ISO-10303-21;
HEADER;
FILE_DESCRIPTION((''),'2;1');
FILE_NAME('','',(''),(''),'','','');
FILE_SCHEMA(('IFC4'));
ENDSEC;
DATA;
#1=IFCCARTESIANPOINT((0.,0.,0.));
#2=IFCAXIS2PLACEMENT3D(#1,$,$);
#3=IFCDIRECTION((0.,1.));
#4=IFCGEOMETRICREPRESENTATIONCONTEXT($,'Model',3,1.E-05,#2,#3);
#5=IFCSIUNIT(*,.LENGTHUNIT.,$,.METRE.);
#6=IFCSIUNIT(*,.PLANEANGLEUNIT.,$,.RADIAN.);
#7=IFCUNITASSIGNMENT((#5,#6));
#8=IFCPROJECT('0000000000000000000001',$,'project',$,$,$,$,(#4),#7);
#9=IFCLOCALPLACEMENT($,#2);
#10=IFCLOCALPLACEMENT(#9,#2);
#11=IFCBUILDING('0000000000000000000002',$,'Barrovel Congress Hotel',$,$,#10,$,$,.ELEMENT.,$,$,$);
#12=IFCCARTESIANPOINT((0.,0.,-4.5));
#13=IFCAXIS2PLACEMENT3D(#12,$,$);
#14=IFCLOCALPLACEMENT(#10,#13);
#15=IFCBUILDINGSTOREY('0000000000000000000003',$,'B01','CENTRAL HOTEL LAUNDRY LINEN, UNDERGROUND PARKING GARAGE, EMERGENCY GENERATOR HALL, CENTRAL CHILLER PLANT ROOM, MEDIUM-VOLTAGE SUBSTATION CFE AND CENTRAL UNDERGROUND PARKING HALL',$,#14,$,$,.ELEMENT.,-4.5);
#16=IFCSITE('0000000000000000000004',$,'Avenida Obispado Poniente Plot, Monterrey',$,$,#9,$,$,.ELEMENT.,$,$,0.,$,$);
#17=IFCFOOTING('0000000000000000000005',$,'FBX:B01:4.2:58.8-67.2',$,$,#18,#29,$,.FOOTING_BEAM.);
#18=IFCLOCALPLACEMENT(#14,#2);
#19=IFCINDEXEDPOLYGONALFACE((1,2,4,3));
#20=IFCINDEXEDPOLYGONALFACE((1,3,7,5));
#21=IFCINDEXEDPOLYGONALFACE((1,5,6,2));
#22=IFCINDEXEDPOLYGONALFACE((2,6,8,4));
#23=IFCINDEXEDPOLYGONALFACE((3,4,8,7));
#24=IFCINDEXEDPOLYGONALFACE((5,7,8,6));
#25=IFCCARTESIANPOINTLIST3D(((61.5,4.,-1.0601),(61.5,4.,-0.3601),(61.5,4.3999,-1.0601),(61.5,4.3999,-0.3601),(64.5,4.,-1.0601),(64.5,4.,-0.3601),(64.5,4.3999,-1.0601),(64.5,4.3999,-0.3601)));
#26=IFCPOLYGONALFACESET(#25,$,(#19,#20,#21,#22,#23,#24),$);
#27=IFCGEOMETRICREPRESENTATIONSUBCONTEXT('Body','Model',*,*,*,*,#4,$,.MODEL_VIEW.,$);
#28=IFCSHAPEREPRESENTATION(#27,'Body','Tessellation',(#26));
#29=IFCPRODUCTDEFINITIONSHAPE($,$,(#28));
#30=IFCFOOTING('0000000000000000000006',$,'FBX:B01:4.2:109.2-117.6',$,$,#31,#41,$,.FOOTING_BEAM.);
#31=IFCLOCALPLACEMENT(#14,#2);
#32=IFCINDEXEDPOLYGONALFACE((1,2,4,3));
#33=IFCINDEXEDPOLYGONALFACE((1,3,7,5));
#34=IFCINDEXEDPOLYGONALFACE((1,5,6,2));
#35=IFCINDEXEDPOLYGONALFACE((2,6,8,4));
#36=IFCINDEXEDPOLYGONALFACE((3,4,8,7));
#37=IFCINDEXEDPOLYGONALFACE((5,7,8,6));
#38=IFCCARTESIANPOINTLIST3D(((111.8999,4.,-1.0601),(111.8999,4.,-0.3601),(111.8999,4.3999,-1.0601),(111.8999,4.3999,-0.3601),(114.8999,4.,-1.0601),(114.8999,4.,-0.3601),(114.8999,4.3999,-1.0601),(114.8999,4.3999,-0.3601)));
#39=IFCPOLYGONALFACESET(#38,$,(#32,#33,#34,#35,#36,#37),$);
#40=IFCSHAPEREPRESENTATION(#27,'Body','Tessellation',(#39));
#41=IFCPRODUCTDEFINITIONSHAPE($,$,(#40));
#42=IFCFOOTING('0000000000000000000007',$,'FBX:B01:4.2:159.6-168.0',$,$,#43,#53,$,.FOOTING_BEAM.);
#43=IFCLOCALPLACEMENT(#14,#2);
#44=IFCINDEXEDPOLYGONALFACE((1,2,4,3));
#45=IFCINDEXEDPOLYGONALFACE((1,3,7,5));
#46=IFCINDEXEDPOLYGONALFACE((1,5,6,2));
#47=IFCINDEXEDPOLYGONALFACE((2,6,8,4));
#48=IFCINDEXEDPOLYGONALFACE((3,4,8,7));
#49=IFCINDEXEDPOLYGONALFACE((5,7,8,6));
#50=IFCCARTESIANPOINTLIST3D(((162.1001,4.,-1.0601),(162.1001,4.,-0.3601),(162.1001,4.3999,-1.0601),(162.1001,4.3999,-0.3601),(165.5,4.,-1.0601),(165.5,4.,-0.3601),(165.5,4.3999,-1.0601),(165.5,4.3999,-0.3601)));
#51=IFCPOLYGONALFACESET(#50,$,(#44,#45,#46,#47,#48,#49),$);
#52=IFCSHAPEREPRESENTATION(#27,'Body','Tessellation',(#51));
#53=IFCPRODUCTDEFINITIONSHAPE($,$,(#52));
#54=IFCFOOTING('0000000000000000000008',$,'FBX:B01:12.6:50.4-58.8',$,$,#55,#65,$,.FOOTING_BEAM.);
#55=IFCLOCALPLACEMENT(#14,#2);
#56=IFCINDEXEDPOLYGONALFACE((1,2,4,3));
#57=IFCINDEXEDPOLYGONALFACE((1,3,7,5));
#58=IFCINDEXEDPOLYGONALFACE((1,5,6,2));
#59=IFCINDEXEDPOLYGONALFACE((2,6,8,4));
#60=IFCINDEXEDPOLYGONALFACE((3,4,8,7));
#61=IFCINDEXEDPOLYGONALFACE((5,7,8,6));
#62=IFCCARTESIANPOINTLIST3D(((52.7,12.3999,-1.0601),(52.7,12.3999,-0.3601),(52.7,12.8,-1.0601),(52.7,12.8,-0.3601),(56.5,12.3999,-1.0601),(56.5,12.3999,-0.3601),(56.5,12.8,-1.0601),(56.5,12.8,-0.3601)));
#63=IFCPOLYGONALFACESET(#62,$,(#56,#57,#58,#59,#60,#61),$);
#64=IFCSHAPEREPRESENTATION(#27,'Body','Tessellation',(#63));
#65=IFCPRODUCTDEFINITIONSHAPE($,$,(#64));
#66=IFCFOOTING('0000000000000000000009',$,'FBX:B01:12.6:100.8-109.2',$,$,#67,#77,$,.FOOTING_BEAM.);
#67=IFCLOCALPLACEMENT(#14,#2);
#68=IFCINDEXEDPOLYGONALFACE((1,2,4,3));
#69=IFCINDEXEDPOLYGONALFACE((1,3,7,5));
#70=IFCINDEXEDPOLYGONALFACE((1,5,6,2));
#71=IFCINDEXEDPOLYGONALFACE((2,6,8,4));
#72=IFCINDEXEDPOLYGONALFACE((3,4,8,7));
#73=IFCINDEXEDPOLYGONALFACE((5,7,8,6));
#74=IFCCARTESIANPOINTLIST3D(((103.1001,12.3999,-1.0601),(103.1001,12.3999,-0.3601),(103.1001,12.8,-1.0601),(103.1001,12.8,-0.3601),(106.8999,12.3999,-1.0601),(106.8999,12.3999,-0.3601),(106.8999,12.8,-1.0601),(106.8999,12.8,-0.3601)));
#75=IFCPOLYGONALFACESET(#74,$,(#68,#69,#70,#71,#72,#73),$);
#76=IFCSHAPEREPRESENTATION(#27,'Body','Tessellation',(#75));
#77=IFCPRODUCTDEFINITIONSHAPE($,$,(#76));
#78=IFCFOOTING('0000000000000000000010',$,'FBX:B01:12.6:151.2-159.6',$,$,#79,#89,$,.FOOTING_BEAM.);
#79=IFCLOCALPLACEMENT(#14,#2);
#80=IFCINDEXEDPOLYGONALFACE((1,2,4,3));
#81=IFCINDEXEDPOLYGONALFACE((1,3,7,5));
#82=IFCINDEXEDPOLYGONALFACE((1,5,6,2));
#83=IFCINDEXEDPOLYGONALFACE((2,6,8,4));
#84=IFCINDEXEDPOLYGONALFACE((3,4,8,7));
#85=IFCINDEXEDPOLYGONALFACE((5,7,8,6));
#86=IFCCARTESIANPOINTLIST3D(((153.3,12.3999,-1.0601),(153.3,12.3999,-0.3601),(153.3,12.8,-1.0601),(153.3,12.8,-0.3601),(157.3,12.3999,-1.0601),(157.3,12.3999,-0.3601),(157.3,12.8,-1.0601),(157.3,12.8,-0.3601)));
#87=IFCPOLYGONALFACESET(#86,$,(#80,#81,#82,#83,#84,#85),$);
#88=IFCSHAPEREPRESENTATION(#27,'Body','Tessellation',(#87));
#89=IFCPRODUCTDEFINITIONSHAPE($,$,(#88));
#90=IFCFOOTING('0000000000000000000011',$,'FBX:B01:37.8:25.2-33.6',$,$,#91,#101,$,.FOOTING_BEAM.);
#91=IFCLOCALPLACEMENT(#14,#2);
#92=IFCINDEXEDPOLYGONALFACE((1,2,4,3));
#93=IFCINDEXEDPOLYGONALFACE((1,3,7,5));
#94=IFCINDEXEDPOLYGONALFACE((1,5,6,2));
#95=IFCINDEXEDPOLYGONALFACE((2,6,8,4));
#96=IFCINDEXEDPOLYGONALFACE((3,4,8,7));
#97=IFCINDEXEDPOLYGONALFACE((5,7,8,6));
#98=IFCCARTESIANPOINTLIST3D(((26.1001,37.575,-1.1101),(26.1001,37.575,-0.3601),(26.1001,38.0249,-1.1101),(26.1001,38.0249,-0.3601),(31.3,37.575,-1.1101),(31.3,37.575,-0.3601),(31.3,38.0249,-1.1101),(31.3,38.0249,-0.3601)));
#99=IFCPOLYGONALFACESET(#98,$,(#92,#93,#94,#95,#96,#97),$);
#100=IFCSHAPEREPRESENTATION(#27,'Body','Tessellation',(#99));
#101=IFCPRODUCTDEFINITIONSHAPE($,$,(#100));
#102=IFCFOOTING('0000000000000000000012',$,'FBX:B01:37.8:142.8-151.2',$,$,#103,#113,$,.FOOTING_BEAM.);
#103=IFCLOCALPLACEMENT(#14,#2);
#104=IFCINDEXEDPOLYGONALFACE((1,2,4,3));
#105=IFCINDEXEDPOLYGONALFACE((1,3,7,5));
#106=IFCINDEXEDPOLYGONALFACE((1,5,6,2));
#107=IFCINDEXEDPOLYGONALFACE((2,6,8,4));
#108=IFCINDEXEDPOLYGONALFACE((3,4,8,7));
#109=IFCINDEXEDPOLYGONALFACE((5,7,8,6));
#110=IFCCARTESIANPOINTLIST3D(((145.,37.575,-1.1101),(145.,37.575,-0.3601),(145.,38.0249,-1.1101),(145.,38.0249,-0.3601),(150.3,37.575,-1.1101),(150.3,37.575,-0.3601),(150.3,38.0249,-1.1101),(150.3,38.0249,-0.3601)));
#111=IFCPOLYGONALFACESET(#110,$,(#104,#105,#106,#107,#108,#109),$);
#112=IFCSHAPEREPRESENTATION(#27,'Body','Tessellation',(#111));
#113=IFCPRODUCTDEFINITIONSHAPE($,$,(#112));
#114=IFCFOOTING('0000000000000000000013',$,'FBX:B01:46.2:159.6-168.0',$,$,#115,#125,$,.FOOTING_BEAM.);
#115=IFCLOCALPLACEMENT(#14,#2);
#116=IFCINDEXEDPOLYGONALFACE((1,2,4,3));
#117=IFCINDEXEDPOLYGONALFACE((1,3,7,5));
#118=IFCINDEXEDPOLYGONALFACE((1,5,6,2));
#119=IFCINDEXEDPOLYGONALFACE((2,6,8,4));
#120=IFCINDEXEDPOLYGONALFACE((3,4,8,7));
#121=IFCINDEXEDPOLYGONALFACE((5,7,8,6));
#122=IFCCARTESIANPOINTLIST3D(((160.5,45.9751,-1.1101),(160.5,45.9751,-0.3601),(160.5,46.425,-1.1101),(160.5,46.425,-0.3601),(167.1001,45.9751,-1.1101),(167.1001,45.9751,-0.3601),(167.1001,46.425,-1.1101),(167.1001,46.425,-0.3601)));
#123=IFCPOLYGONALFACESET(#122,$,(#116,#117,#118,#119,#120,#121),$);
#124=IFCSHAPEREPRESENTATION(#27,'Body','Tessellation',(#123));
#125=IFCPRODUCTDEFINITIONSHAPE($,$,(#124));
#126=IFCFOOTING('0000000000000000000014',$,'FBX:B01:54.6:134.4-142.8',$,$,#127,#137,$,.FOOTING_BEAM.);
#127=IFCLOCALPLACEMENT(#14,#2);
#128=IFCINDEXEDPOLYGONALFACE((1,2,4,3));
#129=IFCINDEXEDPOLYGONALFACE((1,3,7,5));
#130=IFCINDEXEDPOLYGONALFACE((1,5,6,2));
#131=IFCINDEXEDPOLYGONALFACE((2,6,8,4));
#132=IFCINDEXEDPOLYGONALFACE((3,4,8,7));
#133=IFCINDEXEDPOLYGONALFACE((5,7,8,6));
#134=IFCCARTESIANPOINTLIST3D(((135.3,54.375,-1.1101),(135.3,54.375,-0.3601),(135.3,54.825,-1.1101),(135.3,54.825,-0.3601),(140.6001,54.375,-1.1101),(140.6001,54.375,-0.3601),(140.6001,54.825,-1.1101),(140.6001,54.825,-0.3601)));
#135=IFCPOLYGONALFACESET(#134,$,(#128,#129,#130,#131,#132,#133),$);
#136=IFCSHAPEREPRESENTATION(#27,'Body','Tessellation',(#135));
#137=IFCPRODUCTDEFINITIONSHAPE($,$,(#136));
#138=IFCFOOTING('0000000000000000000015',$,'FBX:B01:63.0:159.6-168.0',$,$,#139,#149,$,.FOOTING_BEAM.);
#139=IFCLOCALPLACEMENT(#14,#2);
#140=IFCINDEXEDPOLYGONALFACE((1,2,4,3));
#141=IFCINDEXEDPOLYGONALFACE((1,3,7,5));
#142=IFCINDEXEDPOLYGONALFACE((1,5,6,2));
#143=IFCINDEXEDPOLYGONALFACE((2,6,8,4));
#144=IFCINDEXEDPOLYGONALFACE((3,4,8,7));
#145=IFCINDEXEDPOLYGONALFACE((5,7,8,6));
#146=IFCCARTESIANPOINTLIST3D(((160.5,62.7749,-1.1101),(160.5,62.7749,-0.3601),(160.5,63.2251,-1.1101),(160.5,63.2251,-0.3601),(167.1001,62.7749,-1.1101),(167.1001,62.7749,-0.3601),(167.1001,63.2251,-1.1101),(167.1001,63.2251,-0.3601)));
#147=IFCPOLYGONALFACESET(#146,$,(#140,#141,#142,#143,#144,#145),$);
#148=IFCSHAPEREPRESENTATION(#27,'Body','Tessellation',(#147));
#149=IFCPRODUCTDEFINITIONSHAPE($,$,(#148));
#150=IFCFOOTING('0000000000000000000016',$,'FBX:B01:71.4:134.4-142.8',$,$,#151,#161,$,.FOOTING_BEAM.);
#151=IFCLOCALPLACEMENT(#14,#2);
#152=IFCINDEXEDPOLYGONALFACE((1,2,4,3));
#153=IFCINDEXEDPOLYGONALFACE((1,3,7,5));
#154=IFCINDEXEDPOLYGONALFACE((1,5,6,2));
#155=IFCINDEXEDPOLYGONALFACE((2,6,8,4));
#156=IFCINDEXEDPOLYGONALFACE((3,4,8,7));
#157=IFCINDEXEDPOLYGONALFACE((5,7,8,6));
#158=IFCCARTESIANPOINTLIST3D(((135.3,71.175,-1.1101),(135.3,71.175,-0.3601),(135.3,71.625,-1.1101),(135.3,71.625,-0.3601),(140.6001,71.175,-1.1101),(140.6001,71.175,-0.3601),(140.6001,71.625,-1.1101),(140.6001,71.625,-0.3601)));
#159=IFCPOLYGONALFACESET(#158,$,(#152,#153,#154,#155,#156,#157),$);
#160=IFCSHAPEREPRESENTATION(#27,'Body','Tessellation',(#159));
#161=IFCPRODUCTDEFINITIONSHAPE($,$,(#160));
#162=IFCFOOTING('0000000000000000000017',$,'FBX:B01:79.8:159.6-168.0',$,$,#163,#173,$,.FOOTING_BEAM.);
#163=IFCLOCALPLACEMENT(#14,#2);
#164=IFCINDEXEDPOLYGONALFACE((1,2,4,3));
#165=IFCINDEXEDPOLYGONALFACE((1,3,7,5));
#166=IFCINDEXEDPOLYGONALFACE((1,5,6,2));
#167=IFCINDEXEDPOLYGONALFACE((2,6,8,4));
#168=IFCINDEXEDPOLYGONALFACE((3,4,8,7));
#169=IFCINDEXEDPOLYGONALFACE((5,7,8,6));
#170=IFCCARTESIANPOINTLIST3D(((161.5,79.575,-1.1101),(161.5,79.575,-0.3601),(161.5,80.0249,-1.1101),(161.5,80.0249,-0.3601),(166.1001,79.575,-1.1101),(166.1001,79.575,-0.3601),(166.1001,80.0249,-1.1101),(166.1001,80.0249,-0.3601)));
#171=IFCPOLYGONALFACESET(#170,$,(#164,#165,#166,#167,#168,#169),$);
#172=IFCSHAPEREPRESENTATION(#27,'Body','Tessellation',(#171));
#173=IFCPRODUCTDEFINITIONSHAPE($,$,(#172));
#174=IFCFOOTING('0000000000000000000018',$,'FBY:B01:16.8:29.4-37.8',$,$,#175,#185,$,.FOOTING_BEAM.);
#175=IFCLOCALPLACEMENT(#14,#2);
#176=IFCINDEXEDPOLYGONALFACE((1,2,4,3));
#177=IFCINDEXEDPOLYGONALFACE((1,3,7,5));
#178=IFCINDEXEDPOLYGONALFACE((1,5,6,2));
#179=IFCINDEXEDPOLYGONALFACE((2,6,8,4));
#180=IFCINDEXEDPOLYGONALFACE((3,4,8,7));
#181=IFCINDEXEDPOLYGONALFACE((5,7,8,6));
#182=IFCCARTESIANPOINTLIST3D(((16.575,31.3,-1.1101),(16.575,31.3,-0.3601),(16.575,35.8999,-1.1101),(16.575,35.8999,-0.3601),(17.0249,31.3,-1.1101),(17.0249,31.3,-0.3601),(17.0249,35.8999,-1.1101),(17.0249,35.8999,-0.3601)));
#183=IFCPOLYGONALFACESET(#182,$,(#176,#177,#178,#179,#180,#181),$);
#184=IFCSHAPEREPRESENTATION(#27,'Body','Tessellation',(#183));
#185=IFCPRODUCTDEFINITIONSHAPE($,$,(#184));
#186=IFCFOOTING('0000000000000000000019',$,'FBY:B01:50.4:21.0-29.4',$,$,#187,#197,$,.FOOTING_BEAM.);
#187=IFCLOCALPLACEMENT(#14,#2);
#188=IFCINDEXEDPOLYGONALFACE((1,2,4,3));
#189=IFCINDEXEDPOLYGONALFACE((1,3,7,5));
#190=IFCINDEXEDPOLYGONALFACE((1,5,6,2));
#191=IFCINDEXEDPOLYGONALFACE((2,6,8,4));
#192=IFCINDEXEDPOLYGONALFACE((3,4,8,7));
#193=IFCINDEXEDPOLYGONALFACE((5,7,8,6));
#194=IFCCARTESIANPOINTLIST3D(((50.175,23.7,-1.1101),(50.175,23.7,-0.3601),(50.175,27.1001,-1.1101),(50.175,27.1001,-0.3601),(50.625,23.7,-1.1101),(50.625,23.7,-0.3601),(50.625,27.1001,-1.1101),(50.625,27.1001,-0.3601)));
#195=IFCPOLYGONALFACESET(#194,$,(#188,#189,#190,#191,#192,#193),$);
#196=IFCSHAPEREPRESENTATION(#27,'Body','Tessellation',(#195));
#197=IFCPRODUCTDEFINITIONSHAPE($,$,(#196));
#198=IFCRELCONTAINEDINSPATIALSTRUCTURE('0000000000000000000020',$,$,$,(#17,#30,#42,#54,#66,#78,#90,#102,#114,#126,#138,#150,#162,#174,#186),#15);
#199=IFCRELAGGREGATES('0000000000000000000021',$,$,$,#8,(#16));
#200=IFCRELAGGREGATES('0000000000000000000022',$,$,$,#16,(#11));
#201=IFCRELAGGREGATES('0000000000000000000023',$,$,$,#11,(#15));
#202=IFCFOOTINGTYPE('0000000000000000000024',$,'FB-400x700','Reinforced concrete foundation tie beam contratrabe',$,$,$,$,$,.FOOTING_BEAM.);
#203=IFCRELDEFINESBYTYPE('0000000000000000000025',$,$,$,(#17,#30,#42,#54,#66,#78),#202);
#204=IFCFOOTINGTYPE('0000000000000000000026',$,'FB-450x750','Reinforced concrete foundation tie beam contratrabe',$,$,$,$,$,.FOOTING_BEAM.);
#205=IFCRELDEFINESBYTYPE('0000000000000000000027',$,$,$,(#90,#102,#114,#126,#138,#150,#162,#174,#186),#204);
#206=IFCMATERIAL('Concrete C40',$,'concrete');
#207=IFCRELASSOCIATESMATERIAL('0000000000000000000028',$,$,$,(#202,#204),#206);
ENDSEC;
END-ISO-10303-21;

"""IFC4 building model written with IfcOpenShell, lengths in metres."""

from ifc_helpers import new_model, si_unit, direction, frame, origin, place, context, subcontext, project, spatial, polyline, outline, extrude, material, type_object, element, save


model = new_model("IFC4")

# Units and contexts
model_context = context("Model", 3, precision=1e-05, world=origin(), true_north=direction((0.0, 1.0)))
body_context = subcontext(model_context, "Body", "Model", "MODEL_VIEW")
ifc_project = project(units=[si_unit("LENGTHUNIT", "METRE"), si_unit("PLANEANGLEUNIT", "RADIAN")], contexts=[model_context])

# Site, building, storey
site_placement = place(None, origin())
site = spatial("IfcSite", under=ifc_project, at=site_placement, Name="Avenida Obispado Poniente Plot, Monterrey", CompositionType="ELEMENT", RefElevation=0.0)
building_placement = place(site_placement, origin())
building = spatial("IfcBuilding", under=site, at=building_placement, Name="Barrovel Congress Hotel", CompositionType="ELEMENT")
storey_placement = place(building_placement, frame((0.0, 0.0, -4.5)))
storey = spatial("IfcBuildingStorey", under=building, at=storey_placement, Name="B01", Description="CENTRAL HOTEL LAUNDRY LINEN, UNDERGROUND PARKING GARAGE, EMERGENCY GENERATOR HALL, CENTRAL CHILLER PLANT ROOM, MEDIUM-VOLTAGE SUBSTATION CFE AND CENTRAL UNDERGROUND PARKING HALL", CompositionType="ELEMENT", Elevation=-4.5)

# Footings
ifc_material = material(Name="Concrete C40", Category="concrete")
footing_type_1 = type_object("IfcFootingType", Name="FB-400x700", Description="Reinforced concrete foundation tie beam contratrabe", PredefinedType="FOOTING_BEAM", material=ifc_material)
footing_1_placement = place(storey_placement, frame((0.0, 0.0, -1.0601)))
element("IfcFooting", 1, at=footing_1_placement, inside=storey, type_object=footing_type_1, Name="FBX:B01:4.2:58.8-67.2", PredefinedType="FOOTING_BEAM", context=body_context, shape_type="SweptSolid", body=[
    extrude(outline(polyline([(61.5, 4.0), (64.5, 4.0), (64.5, 4.3999), (61.5, 4.3999), (61.5, 4.0)])), origin(), (0.0, 0.0, 1.0), 0.7),
])
footing_2_placement = place(storey_placement, frame((0.0, 0.0, -1.0601)))
element("IfcFooting", 2, at=footing_2_placement, inside=storey, type_object=footing_type_1, Name="FBX:B01:4.2:109.2-117.6", PredefinedType="FOOTING_BEAM", context=body_context, shape_type="SweptSolid", body=[
    extrude(outline(polyline([(111.8999, 4.0), (114.8999, 4.0), (114.8999, 4.3999), (111.8999, 4.3999), (111.8999, 4.0)])), origin(), (0.0, 0.0, 1.0), 0.7),
])
footing_3_placement = place(storey_placement, frame((0.0, 0.0, -1.0601)))
element("IfcFooting", 3, at=footing_3_placement, inside=storey, type_object=footing_type_1, Name="FBX:B01:4.2:159.6-168.0", PredefinedType="FOOTING_BEAM", context=body_context, shape_type="SweptSolid", body=[
    extrude(outline(polyline([(162.1001, 4.0), (165.5, 4.0), (165.5, 4.3999), (162.1001, 4.3999), (162.1001, 4.0)])), origin(), (0.0, 0.0, 1.0), 0.7),
])
footing_4_placement = place(storey_placement, frame((0.0, 0.0, -1.0601)))
element("IfcFooting", 4, at=footing_4_placement, inside=storey, type_object=footing_type_1, Name="FBX:B01:12.6:50.4-58.8", PredefinedType="FOOTING_BEAM", context=body_context, shape_type="SweptSolid", body=[
    extrude(outline(polyline([(52.7, 12.3999), (56.5, 12.3999), (56.5, 12.8), (52.7, 12.8), (52.7, 12.3999)])), origin(), (0.0, 0.0, 1.0), 0.7),
])
footing_5_placement = place(storey_placement, frame((0.0, 0.0, -1.0601)))
element("IfcFooting", 5, at=footing_5_placement, inside=storey, type_object=footing_type_1, Name="FBX:B01:12.6:100.8-109.2", PredefinedType="FOOTING_BEAM", context=body_context, shape_type="SweptSolid", body=[
    extrude(outline(polyline([(103.1001, 12.3999), (106.8999, 12.3999), (106.8999, 12.8), (103.1001, 12.8), (103.1001, 12.3999)])), origin(), (0.0, 0.0, 1.0), 0.7),
])
footing_6_placement = place(storey_placement, frame((0.0, 0.0, -1.0601)))
element("IfcFooting", 6, at=footing_6_placement, inside=storey, type_object=footing_type_1, Name="FBX:B01:12.6:151.2-159.6", PredefinedType="FOOTING_BEAM", context=body_context, shape_type="SweptSolid", body=[
    extrude(outline(polyline([(153.3, 12.3999), (157.3, 12.3999), (157.3, 12.8), (153.3, 12.8), (153.3, 12.3999)])), origin(), (0.0, 0.0, 1.0), 0.7),
])
footing_type_2 = type_object("IfcFootingType", Name="FB-450x750", Description="Reinforced concrete foundation tie beam contratrabe", PredefinedType="FOOTING_BEAM", material=ifc_material)
footing_7_placement = place(storey_placement, frame((0.0, 0.0, -1.1101)))
element("IfcFooting", 7, at=footing_7_placement, inside=storey, type_object=footing_type_2, Name="FBX:B01:37.8:25.2-33.6", PredefinedType="FOOTING_BEAM", context=body_context, shape_type="SweptSolid", body=[
    extrude(outline(polyline([(26.1001, 37.575), (31.3, 37.575), (31.3, 38.0249), (26.1001, 38.0249), (26.1001, 37.575)])), origin(), (0.0, 0.0, 1.0), 0.75),
])
footing_8_placement = place(storey_placement, frame((0.0, 0.0, -1.1101)))
element("IfcFooting", 8, at=footing_8_placement, inside=storey, type_object=footing_type_2, Name="FBX:B01:37.8:142.8-151.2", PredefinedType="FOOTING_BEAM", context=body_context, shape_type="SweptSolid", body=[
    extrude(outline(polyline([(145.0, 37.575), (150.3, 37.575), (150.3, 38.0249), (145.0, 38.0249), (145.0, 37.575)])), origin(), (0.0, 0.0, 1.0), 0.75),
])
footing_9_placement = place(storey_placement, frame((0.0, 0.0, -1.1101)))
element("IfcFooting", 9, at=footing_9_placement, inside=storey, type_object=footing_type_2, Name="FBX:B01:46.2:159.6-168.0", PredefinedType="FOOTING_BEAM", context=body_context, shape_type="SweptSolid", body=[
    extrude(outline(polyline([(160.5, 45.9751), (167.1001, 45.9751), (167.1001, 46.425), (160.5, 46.425), (160.5, 45.9751)])), origin(), (0.0, 0.0, 1.0), 0.75),
])
footing_10_placement = place(storey_placement, frame((0.0, 0.0, -1.1101)))
element("IfcFooting", 10, at=footing_10_placement, inside=storey, type_object=footing_type_2, Name="FBX:B01:54.6:134.4-142.8", PredefinedType="FOOTING_BEAM", context=body_context, shape_type="SweptSolid", body=[
    extrude(outline(polyline([(135.3, 54.375), (140.6001, 54.375), (140.6001, 54.825), (135.3, 54.825), (135.3, 54.375)])), origin(), (0.0, 0.0, 1.0), 0.75),
])
footing_11_placement = place(storey_placement, frame((0.0, 0.0, -1.1101)))
element("IfcFooting", 11, at=footing_11_placement, inside=storey, type_object=footing_type_2, Name="FBX:B01:63.0:159.6-168.0", PredefinedType="FOOTING_BEAM", context=body_context, shape_type="SweptSolid", body=[
    extrude(outline(polyline([(160.5, 62.7749), (167.1001, 62.7749), (167.1001, 63.2251), (160.5, 63.2251), (160.5, 62.7749)])), origin(), (0.0, 0.0, 1.0), 0.75),
])
footing_12_placement = place(storey_placement, frame((0.0, 0.0, -1.1101)))
element("IfcFooting", 12, at=footing_12_placement, inside=storey, type_object=footing_type_2, Name="FBX:B01:71.4:134.4-142.8", PredefinedType="FOOTING_BEAM", context=body_context, shape_type="SweptSolid", body=[
    extrude(outline(polyline([(135.3, 71.175), (140.6001, 71.175), (140.6001, 71.625), (135.3, 71.625), (135.3, 71.175)])), origin(), (0.0, 0.0, 1.0), 0.75),
])
footing_13_placement = place(storey_placement, frame((0.0, 0.0, -1.1101)))
element("IfcFooting", 13, at=footing_13_placement, inside=storey, type_object=footing_type_2, Name="FBX:B01:79.8:159.6-168.0", PredefinedType="FOOTING_BEAM", context=body_context, shape_type="SweptSolid", body=[
    extrude(outline(polyline([(161.5, 79.575), (166.1001, 79.575), (166.1001, 80.0249), (161.5, 80.0249), (161.5, 79.575)])), origin(), (0.0, 0.0, 1.0), 0.75),
])
footing_14_placement = place(storey_placement, frame((0.0, 0.0, -1.1101)))
element("IfcFooting", 14, at=footing_14_placement, inside=storey, type_object=footing_type_2, Name="FBY:B01:16.8:29.4-37.8", PredefinedType="FOOTING_BEAM", context=body_context, shape_type="SweptSolid", body=[
    extrude(outline(polyline([(16.575, 31.3), (17.0249, 31.3), (17.0249, 35.8999), (16.575, 35.8999), (16.575, 31.3)])), origin(), (0.0, 0.0, 1.0), 0.75),
])
footing_15_placement = place(storey_placement, frame((0.0, 0.0, -1.1101)))
element("IfcFooting", 15, at=footing_15_placement, inside=storey, type_object=footing_type_2, Name="FBY:B01:50.4:21.0-29.4", PredefinedType="FOOTING_BEAM", context=body_context, shape_type="SweptSolid", body=[
    extrude(outline(polyline([(50.175, 23.7), (50.625, 23.7), (50.625, 27.1001), (50.175, 27.1001), (50.175, 23.7)])), origin(), (0.0, 0.0, 1.0), 0.75),
])

save(model, "model.ifc")
